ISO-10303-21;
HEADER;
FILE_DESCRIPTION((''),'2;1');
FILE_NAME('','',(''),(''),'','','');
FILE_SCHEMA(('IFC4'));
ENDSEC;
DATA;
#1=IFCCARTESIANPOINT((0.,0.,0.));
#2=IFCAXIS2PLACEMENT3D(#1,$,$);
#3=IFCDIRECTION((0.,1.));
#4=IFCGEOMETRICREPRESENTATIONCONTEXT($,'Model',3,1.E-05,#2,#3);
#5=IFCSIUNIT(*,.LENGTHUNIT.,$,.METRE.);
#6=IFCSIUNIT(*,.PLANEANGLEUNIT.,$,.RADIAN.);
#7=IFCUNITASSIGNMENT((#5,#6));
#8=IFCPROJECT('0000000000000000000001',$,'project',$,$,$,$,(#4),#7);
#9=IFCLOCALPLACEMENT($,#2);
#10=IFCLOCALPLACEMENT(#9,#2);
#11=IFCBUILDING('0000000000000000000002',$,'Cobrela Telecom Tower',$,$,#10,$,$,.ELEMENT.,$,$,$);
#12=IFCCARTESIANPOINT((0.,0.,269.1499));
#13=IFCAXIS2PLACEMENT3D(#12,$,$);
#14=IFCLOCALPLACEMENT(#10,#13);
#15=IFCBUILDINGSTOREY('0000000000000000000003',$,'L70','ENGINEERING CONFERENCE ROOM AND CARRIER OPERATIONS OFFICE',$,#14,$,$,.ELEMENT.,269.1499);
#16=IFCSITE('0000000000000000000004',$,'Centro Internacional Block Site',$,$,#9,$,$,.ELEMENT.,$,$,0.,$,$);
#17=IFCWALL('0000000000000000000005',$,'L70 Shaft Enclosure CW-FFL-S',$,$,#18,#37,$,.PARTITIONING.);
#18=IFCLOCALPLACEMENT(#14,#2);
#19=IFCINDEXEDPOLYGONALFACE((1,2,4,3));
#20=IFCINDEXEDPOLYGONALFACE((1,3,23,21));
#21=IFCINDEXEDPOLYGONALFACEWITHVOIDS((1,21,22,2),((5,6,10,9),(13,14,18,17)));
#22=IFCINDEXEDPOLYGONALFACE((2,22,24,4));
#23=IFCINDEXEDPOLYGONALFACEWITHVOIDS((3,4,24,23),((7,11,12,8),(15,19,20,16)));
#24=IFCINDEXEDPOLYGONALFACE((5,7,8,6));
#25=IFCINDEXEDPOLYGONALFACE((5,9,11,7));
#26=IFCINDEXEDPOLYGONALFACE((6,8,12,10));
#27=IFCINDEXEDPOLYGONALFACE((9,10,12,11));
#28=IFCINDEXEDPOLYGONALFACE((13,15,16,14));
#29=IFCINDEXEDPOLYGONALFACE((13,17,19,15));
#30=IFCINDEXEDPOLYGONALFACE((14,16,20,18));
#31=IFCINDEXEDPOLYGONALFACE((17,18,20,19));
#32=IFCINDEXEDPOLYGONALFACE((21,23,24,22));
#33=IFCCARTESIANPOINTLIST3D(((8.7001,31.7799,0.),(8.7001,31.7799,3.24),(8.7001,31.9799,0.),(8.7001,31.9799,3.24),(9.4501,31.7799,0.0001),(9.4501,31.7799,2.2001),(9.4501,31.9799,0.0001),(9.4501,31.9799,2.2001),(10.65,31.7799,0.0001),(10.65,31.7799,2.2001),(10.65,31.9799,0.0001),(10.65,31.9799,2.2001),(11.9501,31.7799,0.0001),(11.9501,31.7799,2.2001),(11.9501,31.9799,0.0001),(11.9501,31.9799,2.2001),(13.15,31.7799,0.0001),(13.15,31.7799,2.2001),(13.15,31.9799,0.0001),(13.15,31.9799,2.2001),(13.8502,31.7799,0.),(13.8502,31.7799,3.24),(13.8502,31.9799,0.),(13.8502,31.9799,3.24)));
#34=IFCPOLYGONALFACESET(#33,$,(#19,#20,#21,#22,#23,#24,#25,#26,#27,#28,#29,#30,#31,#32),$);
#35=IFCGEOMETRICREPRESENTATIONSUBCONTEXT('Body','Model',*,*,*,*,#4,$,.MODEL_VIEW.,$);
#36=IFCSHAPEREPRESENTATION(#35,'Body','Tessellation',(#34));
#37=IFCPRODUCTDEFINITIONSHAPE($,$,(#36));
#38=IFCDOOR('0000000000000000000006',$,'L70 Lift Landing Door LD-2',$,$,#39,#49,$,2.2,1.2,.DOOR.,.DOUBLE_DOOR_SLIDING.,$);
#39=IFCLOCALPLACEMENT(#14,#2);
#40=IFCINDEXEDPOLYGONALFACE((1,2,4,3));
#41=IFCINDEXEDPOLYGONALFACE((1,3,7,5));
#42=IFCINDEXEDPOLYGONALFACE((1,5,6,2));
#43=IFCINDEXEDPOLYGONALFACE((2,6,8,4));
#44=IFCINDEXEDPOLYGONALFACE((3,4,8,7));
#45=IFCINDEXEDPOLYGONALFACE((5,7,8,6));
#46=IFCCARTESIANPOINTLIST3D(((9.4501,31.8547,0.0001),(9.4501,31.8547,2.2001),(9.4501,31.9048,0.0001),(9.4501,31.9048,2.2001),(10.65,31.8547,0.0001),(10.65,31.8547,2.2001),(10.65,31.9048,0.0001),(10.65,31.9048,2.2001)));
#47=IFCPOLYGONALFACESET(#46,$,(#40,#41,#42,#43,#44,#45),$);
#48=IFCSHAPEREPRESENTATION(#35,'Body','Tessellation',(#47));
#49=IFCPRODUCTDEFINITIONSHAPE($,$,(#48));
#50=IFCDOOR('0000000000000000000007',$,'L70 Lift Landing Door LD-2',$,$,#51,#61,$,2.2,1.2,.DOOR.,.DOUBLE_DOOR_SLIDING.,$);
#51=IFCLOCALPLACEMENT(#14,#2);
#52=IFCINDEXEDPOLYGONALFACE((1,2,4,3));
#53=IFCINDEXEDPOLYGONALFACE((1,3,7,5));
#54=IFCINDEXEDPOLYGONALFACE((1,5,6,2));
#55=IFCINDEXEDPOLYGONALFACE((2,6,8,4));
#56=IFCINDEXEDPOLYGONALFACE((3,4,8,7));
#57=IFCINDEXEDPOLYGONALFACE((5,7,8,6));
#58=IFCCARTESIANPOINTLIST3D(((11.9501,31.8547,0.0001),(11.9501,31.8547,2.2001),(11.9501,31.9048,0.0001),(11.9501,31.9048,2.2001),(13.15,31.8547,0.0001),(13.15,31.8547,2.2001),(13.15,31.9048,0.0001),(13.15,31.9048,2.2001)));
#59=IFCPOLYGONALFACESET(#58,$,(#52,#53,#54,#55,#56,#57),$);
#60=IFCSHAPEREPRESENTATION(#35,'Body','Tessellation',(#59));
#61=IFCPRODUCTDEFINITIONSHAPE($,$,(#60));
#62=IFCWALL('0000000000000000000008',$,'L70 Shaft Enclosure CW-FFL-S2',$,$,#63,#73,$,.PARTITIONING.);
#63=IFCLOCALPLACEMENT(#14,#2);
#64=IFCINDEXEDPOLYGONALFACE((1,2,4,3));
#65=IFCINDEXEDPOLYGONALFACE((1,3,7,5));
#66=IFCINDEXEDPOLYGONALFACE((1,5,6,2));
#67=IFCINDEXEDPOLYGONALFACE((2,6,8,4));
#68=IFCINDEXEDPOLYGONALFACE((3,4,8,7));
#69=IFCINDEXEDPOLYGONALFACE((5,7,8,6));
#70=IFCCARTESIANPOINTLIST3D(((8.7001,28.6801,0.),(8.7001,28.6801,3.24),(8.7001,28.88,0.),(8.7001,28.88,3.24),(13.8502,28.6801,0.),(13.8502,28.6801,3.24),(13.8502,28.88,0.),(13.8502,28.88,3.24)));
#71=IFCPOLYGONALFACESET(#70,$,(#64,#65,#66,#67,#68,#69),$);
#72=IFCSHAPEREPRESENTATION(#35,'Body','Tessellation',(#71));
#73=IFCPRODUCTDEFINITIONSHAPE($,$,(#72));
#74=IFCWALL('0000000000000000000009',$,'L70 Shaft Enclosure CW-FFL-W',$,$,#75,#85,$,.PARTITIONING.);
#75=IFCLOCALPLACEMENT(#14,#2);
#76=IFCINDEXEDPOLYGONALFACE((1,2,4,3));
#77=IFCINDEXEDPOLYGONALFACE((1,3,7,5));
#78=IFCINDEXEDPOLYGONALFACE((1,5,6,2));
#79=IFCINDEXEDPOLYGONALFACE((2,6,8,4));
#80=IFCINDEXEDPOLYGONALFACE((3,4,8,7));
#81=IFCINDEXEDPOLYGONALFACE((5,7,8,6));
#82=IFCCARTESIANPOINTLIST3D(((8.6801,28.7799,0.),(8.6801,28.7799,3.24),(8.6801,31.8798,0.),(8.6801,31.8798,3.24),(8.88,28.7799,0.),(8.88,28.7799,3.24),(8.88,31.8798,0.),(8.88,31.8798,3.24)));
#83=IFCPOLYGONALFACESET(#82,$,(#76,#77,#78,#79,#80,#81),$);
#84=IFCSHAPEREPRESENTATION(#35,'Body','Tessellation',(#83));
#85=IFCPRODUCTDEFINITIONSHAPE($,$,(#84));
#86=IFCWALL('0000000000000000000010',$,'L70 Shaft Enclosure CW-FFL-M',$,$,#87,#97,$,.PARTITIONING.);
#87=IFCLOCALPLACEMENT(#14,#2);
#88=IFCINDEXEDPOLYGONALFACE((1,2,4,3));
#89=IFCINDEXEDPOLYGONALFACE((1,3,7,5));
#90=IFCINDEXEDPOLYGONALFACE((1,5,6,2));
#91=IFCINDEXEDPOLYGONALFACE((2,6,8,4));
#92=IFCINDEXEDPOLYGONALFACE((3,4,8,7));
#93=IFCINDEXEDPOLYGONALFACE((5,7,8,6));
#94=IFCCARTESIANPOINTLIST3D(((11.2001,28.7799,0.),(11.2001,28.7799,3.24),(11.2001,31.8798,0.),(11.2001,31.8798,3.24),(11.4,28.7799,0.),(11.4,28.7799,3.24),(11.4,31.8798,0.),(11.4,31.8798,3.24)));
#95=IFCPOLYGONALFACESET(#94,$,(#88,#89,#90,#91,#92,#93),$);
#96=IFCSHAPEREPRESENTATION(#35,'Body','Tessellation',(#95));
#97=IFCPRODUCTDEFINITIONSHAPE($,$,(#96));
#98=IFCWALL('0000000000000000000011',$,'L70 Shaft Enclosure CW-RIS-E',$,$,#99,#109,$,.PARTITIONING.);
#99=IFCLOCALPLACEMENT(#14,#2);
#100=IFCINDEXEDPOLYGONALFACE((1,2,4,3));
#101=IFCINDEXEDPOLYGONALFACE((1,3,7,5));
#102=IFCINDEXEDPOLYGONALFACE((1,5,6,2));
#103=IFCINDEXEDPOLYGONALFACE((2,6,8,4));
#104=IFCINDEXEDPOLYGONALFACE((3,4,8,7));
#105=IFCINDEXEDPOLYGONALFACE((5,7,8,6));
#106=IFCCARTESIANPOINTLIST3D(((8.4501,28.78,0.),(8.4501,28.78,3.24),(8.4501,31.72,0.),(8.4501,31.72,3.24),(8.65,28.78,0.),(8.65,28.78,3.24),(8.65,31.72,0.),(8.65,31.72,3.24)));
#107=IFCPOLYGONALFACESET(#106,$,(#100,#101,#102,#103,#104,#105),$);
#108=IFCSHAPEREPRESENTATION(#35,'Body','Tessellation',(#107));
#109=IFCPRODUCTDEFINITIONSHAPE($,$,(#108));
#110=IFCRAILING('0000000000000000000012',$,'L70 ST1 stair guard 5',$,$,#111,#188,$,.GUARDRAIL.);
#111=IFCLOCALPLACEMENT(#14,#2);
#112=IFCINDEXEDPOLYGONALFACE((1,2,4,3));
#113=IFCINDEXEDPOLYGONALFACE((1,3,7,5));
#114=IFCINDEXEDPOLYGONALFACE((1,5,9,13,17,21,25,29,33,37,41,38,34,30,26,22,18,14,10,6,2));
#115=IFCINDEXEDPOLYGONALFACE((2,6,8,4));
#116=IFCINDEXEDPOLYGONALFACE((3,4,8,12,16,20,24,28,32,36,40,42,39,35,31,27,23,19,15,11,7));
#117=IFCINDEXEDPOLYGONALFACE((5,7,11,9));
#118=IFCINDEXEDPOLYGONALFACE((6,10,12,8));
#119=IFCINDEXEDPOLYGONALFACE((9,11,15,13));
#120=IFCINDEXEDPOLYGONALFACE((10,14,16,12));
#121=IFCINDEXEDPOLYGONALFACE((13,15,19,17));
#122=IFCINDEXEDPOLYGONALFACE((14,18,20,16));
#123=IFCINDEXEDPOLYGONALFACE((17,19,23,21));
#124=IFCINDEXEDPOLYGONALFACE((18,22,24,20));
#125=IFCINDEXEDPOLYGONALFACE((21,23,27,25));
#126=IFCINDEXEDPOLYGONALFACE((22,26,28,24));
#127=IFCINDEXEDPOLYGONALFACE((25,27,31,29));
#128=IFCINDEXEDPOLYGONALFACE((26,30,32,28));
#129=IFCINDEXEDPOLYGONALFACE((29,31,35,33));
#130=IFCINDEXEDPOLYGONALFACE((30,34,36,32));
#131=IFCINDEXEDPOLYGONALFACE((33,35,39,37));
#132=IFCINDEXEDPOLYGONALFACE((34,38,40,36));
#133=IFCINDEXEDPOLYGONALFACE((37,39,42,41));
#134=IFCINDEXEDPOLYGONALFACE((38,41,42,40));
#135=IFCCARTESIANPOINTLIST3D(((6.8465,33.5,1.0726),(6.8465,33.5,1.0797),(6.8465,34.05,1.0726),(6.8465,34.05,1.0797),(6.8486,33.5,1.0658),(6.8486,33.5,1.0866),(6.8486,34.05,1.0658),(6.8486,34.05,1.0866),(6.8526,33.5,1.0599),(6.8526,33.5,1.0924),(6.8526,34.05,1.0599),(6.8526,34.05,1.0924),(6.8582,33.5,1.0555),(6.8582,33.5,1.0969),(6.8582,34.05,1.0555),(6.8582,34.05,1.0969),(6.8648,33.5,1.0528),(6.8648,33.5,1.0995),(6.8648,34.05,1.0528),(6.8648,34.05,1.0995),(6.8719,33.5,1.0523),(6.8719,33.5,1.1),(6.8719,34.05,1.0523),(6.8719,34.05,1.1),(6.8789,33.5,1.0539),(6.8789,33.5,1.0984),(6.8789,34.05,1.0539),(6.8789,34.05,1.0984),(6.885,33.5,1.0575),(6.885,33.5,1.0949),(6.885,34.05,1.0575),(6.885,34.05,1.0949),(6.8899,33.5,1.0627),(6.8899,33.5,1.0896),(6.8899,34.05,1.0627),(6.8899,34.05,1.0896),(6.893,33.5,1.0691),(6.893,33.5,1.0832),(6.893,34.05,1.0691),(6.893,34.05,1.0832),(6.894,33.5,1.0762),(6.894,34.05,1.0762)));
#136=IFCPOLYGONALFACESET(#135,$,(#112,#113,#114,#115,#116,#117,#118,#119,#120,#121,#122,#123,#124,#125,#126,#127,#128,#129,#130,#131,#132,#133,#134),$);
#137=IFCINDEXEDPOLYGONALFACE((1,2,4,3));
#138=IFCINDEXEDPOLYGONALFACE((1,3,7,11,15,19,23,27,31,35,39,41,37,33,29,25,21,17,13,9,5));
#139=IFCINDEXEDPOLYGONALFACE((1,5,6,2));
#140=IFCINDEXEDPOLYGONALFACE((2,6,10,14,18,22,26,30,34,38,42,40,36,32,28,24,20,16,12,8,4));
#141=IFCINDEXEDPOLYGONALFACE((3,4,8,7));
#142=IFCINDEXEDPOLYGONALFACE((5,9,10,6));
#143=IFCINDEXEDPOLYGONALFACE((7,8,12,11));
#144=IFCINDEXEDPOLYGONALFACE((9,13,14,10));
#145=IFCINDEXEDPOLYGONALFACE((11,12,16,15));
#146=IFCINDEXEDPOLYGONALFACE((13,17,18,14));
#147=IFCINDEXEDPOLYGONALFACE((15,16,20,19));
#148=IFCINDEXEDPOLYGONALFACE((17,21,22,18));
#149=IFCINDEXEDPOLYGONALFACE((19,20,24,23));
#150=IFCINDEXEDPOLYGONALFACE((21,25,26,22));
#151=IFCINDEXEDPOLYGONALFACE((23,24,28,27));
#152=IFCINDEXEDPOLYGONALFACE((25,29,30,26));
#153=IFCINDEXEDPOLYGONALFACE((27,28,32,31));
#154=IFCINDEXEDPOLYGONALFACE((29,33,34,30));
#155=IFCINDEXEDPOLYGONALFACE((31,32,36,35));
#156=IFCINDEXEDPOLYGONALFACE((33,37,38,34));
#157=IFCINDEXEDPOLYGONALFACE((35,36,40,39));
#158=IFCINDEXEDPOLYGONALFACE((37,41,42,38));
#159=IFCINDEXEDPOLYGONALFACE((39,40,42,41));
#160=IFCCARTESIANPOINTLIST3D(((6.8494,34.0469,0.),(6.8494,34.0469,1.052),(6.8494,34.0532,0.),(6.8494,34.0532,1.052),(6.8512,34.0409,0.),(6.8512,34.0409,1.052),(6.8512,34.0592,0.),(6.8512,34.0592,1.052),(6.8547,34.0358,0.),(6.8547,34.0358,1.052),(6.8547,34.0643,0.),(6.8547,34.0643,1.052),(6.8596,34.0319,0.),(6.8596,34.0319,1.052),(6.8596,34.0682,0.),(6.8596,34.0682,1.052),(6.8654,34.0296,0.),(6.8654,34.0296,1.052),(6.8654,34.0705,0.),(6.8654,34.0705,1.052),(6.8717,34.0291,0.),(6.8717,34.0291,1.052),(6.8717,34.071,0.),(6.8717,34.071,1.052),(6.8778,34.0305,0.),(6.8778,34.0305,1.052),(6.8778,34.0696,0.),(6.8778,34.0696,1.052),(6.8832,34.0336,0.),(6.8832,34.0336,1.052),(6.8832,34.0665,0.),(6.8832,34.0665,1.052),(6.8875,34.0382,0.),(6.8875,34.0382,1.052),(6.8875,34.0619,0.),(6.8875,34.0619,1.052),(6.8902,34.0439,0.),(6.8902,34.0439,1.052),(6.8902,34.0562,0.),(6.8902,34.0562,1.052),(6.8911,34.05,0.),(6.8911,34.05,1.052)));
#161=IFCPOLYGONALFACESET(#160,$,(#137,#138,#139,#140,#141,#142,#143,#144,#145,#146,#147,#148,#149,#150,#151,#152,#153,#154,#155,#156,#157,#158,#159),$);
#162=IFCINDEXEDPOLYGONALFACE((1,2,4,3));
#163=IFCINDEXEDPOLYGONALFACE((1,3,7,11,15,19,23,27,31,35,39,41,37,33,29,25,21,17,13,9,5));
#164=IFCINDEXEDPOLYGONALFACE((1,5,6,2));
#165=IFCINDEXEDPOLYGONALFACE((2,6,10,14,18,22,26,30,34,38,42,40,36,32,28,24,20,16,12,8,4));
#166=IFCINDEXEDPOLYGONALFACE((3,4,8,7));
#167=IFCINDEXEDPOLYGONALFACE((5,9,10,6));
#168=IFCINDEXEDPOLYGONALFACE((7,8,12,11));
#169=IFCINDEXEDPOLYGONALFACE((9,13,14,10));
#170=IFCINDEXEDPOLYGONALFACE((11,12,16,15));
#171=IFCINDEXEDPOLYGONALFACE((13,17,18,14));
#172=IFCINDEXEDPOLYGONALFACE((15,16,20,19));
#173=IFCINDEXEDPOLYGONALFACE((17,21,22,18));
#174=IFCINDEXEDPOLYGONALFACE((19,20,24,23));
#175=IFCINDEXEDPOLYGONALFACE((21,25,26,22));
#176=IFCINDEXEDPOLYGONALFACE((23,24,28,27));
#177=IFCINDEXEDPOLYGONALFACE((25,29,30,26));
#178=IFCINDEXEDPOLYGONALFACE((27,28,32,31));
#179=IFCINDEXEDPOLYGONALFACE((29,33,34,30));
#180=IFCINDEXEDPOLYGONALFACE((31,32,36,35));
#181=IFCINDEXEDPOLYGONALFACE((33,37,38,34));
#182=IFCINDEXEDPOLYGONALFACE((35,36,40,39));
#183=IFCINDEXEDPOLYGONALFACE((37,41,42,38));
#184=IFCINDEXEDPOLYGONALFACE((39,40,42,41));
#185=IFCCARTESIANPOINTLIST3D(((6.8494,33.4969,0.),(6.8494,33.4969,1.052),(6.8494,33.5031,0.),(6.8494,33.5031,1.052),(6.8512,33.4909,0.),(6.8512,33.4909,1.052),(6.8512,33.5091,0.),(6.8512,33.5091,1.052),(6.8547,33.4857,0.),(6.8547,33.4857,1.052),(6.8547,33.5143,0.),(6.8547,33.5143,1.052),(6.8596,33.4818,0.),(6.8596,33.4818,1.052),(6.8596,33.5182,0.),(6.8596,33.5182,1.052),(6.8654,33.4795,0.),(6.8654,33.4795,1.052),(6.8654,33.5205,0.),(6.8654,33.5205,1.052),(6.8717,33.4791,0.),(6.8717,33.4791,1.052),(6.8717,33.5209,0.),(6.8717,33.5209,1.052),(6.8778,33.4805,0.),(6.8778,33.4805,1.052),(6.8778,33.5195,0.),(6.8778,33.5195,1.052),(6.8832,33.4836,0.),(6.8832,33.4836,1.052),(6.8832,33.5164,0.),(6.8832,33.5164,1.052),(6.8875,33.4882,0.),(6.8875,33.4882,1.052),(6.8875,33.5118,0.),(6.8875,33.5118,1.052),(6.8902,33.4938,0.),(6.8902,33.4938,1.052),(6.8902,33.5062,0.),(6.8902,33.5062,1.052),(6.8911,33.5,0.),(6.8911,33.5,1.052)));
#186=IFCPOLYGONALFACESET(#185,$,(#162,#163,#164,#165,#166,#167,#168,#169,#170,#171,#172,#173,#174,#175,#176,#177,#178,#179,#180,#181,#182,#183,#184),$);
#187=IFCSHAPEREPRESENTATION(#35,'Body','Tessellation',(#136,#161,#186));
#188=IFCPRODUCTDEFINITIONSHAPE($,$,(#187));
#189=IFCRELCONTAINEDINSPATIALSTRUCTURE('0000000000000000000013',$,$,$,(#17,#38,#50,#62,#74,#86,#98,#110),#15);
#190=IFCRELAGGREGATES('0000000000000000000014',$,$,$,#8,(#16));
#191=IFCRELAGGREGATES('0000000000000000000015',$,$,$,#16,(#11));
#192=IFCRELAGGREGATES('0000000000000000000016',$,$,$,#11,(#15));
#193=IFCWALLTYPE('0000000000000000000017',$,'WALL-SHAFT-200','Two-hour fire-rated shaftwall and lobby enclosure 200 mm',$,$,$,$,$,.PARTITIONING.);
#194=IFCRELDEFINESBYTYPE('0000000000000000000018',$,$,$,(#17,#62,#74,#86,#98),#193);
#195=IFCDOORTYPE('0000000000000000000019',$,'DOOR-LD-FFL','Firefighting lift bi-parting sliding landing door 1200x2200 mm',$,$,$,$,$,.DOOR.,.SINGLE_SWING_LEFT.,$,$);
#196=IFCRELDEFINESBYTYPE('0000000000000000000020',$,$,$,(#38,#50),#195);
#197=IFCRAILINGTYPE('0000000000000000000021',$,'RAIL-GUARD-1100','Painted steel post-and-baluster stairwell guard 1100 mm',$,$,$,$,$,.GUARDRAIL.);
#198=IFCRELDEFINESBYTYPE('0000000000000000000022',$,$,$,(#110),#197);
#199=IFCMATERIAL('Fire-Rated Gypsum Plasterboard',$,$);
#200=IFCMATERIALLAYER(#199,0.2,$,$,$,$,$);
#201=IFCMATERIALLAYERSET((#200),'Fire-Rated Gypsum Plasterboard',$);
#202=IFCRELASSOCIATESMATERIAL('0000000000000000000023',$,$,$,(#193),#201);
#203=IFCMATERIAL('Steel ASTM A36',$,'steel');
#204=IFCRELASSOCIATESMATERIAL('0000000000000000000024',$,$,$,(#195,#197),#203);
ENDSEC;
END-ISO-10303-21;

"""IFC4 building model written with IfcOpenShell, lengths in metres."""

from ifc_helpers import new_model, si_unit, direction, frame, frame_2d, origin, origin_2d, place, context, subcontext, project, spatial, rectangle, circle, extrude, material, layer, layer_set, type_object, element, fill, save


model = new_model("IFC4")

# Units and contexts
model_context = context("Model", 3, precision=1e-05, world=origin(), true_north=direction((0.0, 1.0)))
body_context = subcontext(model_context, "Body", "Model", "MODEL_VIEW")
ifc_project = project(units=[si_unit("LENGTHUNIT", "METRE"), si_unit("PLANEANGLEUNIT", "RADIAN")], contexts=[model_context])

# Site, building, storey
site_placement = place(None, origin())
site = spatial("IfcSite", under=ifc_project, at=site_placement, Name="Centro Internacional Block Site", CompositionType="ELEMENT", RefElevation=0.0)
building_placement = place(site_placement, origin())
building = spatial("IfcBuilding", under=site, at=building_placement, Name="Cobrela Telecom Tower", CompositionType="ELEMENT")
storey_placement = place(building_placement, frame((0.0, 0.0, 269.1499)))
storey = spatial("IfcBuildingStorey", under=building, at=storey_placement, Name="L70", Description="ENGINEERING CONFERENCE ROOM AND CARRIER OPERATIONS OFFICE", CompositionType="ELEMENT", Elevation=269.1499)

# Shared definitions
ifc_material_1 = material(Name="Fire-Rated Gypsum Plasterboard")

# Wall, openings, doors
ifc_layer_1 = layer(ifc_material_1, 0.2)
ifc_layer_set_1 = layer_set([ifc_layer_1], Name="Fire-Rated Gypsum Plasterboard")
wall_type_1 = type_object("IfcWallType", Name="WALL-SHAFT-200", Description="Two-hour fire-rated shaftwall and lobby enclosure 200 mm", PredefinedType="PARTITIONING", material=ifc_layer_set_1)
wall_1_placement = place(storey_placement, frame((8.7, 31.8799, 0.0), z_axis=(0.0, 0.0, 1.0), x_axis=(1.0, 0.0, 0.0)))
wall_1 = element("IfcWall", 1, at=wall_1_placement, inside=storey, type_object=wall_type_1, Name="L70 Shaft Enclosure CW-FFL-S", PredefinedType="PARTITIONING", context=body_context, shape_type="SweptSolid", body=[
    extrude(rectangle(XDim=5.1501, YDim=0.2, at=frame_2d((2.5752, 0.0))), origin(), (0.0, 0.0, 1.0), 3.24),
])
opening_1_placement = place(wall_1_placement, frame((0.75, 0.0, 0.0)))
opening_1 = element("IfcOpeningElement", 2, at=opening_1_placement, cuts=wall_1, PredefinedType="OPENING", context=body_context, shape_type="SweptSolid", body=[
    extrude(rectangle(XDim=1.2, YDim=2.2, at=frame_2d((0.6001, 1.1001))), frame((0.0, 0.1118, 0.0), z_axis=(0.0, -1.0, 0.0), x_axis=(1.0, 0.0, 0.0)), (0.0, 0.0, 1.0), 0.2239),
])
opening_2_placement = place(wall_1_placement, frame((3.25, 0.0, 0.0)))
opening_2 = element("IfcOpeningElement", 3, at=opening_2_placement, cuts=wall_1, PredefinedType="OPENING", context=body_context, shape_type="SweptSolid", body=[
    extrude(rectangle(XDim=1.2, YDim=2.2, at=frame_2d((0.6001, 1.1001))), frame((0.0, 0.1118, 0.0), z_axis=(0.0, -1.0, 0.0), x_axis=(1.0, 0.0, 0.0)), (0.0, 0.0, 1.0), 0.2239),
])
ifc_material_2 = material(Name="Steel ASTM A36", Category="steel")
door_type_1 = type_object("IfcDoorType", Name="DOOR-LD-FFL", Description="Firefighting lift bi-parting sliding landing door 1200x2200 mm", OperationType="SINGLE_SWING_LEFT", PredefinedType="DOOR", material=ifc_material_2)
door_1_placement = place(opening_1_placement, origin())
door_1 = element("IfcDoor", 4, at=door_1_placement, inside=storey, type_object=door_type_1, Name="L70 Lift Landing Door LD-2", OperationType="DOUBLE_DOOR_SLIDING", OverallHeight=2.2, OverallWidth=1.2, PredefinedType="DOOR", context=body_context, shape_type="SweptSolid", body=[
    extrude(rectangle(XDim=1.2, YDim=2.2, at=frame_2d((0.6001, 1.1001))), frame((0.0, 0.0249, 0.0), z_axis=(0.0, -1.0, 0.0), x_axis=(1.0, 0.0, 0.0)), (0.0, 0.0, 1.0), 0.05),
])
fill(opening_1, door_1)
door_2_placement = place(opening_2_placement, origin())
door_2 = element("IfcDoor", 5, at=door_2_placement, inside=storey, type_object=door_type_1, Name="L70 Lift Landing Door LD-2", OperationType="DOUBLE_DOOR_SLIDING", OverallHeight=2.2, OverallWidth=1.2, PredefinedType="DOOR", context=body_context, shape_type="SweptSolid", body=[
    extrude(rectangle(XDim=1.2, YDim=2.2, at=frame_2d((0.6001, 1.1001))), frame((0.0, 0.0249, 0.0), z_axis=(0.0, -1.0, 0.0), x_axis=(1.0, 0.0, 0.0)), (0.0, 0.0, 1.0), 0.05),
])
fill(opening_2, door_2)

# Walls
wall_2_placement = place(storey_placement, frame((8.7, 28.78, 0.0), z_axis=(0.0, 0.0, 1.0), x_axis=(1.0, 0.0, 0.0)))
element("IfcWall", 6, at=wall_2_placement, inside=storey, type_object=wall_type_1, Name="L70 Shaft Enclosure CW-FFL-S2", PredefinedType="PARTITIONING", context=body_context, shape_type="SweptSolid", body=[
    extrude(rectangle(XDim=5.1501, YDim=0.2, at=frame_2d((2.5752, 0.0))), origin(), (0.0, 0.0, 1.0), 3.24),
])
for number, where, z_axis, x_axis, name in (
    (7, (8.78, 28.78, 0.0), (0.0, 0.0, 1.0), (0.0, 1.0, 0.0), "L70 Shaft Enclosure CW-FFL-W"),
    (8, (11.3, 28.78, 0.0), (0.0, 0.0, 1.0), (0.0, 1.0, 0.0), "L70 Shaft Enclosure CW-FFL-M"),
):
    element("IfcWall", number, at=place(storey_placement, frame(where, z_axis=z_axis, x_axis=x_axis)), inside=storey, type_object=wall_type_1, Name=name, PredefinedType="PARTITIONING", context=body_context, shape_type="SweptSolid", body=[
        extrude(rectangle(XDim=3.0999, YDim=0.2, at=frame_2d((1.5498, 0.0))), origin(), (0.0, 0.0, 1.0), 3.24),
    ])
wall_3_placement = place(storey_placement, frame((8.55, 28.78, 0.0), z_axis=(0.0, 0.0, 1.0), x_axis=(0.0, 1.0, 0.0)))
element("IfcWall", 9, at=wall_3_placement, inside=storey, type_object=wall_type_1, Name="L70 Shaft Enclosure CW-RIS-E", PredefinedType="PARTITIONING", context=body_context, shape_type="SweptSolid", body=[
    extrude(rectangle(XDim=2.9399, YDim=0.2, at=frame_2d((1.47, 0.0))), origin(), (0.0, 0.0, 1.0), 3.24),
])

# Railing
railing_type_1 = type_object("IfcRailingType", Name="RAIL-GUARD-1100", Description="Painted steel post-and-baluster stairwell guard 1100 mm", PredefinedType="GUARDRAIL", material=ifc_material_2)
railing_1_placement = place(storey_placement, frame((6.8701, 34.05, 0.0)))
element("IfcRailing", 10, at=railing_1_placement, inside=storey, type_object=railing_type_1, Name="L70 ST1 stair guard 5", PredefinedType="GUARDRAIL", context=body_context, shape_type="SweptSolid", body=[
    extrude(circle(Radius=0.0239, at=origin_2d()), frame((0.0, 0.0, 1.0762), z_axis=(0.0, -1.0, 0.0), x_axis=(1.0, 0.0, 0.0)), (0.0, 0.0, 1.0), 0.55),
    extrude(circle(Radius=0.021, at=origin_2d()), origin(), (0.0, 0.0, 1.0), 1.052),
    extrude(circle(Radius=0.021, at=origin_2d()), frame((0.0, -0.55, 0.0)), (0.0, 0.0, 1.0), 1.052),
])

save(model, "model.ifc")
